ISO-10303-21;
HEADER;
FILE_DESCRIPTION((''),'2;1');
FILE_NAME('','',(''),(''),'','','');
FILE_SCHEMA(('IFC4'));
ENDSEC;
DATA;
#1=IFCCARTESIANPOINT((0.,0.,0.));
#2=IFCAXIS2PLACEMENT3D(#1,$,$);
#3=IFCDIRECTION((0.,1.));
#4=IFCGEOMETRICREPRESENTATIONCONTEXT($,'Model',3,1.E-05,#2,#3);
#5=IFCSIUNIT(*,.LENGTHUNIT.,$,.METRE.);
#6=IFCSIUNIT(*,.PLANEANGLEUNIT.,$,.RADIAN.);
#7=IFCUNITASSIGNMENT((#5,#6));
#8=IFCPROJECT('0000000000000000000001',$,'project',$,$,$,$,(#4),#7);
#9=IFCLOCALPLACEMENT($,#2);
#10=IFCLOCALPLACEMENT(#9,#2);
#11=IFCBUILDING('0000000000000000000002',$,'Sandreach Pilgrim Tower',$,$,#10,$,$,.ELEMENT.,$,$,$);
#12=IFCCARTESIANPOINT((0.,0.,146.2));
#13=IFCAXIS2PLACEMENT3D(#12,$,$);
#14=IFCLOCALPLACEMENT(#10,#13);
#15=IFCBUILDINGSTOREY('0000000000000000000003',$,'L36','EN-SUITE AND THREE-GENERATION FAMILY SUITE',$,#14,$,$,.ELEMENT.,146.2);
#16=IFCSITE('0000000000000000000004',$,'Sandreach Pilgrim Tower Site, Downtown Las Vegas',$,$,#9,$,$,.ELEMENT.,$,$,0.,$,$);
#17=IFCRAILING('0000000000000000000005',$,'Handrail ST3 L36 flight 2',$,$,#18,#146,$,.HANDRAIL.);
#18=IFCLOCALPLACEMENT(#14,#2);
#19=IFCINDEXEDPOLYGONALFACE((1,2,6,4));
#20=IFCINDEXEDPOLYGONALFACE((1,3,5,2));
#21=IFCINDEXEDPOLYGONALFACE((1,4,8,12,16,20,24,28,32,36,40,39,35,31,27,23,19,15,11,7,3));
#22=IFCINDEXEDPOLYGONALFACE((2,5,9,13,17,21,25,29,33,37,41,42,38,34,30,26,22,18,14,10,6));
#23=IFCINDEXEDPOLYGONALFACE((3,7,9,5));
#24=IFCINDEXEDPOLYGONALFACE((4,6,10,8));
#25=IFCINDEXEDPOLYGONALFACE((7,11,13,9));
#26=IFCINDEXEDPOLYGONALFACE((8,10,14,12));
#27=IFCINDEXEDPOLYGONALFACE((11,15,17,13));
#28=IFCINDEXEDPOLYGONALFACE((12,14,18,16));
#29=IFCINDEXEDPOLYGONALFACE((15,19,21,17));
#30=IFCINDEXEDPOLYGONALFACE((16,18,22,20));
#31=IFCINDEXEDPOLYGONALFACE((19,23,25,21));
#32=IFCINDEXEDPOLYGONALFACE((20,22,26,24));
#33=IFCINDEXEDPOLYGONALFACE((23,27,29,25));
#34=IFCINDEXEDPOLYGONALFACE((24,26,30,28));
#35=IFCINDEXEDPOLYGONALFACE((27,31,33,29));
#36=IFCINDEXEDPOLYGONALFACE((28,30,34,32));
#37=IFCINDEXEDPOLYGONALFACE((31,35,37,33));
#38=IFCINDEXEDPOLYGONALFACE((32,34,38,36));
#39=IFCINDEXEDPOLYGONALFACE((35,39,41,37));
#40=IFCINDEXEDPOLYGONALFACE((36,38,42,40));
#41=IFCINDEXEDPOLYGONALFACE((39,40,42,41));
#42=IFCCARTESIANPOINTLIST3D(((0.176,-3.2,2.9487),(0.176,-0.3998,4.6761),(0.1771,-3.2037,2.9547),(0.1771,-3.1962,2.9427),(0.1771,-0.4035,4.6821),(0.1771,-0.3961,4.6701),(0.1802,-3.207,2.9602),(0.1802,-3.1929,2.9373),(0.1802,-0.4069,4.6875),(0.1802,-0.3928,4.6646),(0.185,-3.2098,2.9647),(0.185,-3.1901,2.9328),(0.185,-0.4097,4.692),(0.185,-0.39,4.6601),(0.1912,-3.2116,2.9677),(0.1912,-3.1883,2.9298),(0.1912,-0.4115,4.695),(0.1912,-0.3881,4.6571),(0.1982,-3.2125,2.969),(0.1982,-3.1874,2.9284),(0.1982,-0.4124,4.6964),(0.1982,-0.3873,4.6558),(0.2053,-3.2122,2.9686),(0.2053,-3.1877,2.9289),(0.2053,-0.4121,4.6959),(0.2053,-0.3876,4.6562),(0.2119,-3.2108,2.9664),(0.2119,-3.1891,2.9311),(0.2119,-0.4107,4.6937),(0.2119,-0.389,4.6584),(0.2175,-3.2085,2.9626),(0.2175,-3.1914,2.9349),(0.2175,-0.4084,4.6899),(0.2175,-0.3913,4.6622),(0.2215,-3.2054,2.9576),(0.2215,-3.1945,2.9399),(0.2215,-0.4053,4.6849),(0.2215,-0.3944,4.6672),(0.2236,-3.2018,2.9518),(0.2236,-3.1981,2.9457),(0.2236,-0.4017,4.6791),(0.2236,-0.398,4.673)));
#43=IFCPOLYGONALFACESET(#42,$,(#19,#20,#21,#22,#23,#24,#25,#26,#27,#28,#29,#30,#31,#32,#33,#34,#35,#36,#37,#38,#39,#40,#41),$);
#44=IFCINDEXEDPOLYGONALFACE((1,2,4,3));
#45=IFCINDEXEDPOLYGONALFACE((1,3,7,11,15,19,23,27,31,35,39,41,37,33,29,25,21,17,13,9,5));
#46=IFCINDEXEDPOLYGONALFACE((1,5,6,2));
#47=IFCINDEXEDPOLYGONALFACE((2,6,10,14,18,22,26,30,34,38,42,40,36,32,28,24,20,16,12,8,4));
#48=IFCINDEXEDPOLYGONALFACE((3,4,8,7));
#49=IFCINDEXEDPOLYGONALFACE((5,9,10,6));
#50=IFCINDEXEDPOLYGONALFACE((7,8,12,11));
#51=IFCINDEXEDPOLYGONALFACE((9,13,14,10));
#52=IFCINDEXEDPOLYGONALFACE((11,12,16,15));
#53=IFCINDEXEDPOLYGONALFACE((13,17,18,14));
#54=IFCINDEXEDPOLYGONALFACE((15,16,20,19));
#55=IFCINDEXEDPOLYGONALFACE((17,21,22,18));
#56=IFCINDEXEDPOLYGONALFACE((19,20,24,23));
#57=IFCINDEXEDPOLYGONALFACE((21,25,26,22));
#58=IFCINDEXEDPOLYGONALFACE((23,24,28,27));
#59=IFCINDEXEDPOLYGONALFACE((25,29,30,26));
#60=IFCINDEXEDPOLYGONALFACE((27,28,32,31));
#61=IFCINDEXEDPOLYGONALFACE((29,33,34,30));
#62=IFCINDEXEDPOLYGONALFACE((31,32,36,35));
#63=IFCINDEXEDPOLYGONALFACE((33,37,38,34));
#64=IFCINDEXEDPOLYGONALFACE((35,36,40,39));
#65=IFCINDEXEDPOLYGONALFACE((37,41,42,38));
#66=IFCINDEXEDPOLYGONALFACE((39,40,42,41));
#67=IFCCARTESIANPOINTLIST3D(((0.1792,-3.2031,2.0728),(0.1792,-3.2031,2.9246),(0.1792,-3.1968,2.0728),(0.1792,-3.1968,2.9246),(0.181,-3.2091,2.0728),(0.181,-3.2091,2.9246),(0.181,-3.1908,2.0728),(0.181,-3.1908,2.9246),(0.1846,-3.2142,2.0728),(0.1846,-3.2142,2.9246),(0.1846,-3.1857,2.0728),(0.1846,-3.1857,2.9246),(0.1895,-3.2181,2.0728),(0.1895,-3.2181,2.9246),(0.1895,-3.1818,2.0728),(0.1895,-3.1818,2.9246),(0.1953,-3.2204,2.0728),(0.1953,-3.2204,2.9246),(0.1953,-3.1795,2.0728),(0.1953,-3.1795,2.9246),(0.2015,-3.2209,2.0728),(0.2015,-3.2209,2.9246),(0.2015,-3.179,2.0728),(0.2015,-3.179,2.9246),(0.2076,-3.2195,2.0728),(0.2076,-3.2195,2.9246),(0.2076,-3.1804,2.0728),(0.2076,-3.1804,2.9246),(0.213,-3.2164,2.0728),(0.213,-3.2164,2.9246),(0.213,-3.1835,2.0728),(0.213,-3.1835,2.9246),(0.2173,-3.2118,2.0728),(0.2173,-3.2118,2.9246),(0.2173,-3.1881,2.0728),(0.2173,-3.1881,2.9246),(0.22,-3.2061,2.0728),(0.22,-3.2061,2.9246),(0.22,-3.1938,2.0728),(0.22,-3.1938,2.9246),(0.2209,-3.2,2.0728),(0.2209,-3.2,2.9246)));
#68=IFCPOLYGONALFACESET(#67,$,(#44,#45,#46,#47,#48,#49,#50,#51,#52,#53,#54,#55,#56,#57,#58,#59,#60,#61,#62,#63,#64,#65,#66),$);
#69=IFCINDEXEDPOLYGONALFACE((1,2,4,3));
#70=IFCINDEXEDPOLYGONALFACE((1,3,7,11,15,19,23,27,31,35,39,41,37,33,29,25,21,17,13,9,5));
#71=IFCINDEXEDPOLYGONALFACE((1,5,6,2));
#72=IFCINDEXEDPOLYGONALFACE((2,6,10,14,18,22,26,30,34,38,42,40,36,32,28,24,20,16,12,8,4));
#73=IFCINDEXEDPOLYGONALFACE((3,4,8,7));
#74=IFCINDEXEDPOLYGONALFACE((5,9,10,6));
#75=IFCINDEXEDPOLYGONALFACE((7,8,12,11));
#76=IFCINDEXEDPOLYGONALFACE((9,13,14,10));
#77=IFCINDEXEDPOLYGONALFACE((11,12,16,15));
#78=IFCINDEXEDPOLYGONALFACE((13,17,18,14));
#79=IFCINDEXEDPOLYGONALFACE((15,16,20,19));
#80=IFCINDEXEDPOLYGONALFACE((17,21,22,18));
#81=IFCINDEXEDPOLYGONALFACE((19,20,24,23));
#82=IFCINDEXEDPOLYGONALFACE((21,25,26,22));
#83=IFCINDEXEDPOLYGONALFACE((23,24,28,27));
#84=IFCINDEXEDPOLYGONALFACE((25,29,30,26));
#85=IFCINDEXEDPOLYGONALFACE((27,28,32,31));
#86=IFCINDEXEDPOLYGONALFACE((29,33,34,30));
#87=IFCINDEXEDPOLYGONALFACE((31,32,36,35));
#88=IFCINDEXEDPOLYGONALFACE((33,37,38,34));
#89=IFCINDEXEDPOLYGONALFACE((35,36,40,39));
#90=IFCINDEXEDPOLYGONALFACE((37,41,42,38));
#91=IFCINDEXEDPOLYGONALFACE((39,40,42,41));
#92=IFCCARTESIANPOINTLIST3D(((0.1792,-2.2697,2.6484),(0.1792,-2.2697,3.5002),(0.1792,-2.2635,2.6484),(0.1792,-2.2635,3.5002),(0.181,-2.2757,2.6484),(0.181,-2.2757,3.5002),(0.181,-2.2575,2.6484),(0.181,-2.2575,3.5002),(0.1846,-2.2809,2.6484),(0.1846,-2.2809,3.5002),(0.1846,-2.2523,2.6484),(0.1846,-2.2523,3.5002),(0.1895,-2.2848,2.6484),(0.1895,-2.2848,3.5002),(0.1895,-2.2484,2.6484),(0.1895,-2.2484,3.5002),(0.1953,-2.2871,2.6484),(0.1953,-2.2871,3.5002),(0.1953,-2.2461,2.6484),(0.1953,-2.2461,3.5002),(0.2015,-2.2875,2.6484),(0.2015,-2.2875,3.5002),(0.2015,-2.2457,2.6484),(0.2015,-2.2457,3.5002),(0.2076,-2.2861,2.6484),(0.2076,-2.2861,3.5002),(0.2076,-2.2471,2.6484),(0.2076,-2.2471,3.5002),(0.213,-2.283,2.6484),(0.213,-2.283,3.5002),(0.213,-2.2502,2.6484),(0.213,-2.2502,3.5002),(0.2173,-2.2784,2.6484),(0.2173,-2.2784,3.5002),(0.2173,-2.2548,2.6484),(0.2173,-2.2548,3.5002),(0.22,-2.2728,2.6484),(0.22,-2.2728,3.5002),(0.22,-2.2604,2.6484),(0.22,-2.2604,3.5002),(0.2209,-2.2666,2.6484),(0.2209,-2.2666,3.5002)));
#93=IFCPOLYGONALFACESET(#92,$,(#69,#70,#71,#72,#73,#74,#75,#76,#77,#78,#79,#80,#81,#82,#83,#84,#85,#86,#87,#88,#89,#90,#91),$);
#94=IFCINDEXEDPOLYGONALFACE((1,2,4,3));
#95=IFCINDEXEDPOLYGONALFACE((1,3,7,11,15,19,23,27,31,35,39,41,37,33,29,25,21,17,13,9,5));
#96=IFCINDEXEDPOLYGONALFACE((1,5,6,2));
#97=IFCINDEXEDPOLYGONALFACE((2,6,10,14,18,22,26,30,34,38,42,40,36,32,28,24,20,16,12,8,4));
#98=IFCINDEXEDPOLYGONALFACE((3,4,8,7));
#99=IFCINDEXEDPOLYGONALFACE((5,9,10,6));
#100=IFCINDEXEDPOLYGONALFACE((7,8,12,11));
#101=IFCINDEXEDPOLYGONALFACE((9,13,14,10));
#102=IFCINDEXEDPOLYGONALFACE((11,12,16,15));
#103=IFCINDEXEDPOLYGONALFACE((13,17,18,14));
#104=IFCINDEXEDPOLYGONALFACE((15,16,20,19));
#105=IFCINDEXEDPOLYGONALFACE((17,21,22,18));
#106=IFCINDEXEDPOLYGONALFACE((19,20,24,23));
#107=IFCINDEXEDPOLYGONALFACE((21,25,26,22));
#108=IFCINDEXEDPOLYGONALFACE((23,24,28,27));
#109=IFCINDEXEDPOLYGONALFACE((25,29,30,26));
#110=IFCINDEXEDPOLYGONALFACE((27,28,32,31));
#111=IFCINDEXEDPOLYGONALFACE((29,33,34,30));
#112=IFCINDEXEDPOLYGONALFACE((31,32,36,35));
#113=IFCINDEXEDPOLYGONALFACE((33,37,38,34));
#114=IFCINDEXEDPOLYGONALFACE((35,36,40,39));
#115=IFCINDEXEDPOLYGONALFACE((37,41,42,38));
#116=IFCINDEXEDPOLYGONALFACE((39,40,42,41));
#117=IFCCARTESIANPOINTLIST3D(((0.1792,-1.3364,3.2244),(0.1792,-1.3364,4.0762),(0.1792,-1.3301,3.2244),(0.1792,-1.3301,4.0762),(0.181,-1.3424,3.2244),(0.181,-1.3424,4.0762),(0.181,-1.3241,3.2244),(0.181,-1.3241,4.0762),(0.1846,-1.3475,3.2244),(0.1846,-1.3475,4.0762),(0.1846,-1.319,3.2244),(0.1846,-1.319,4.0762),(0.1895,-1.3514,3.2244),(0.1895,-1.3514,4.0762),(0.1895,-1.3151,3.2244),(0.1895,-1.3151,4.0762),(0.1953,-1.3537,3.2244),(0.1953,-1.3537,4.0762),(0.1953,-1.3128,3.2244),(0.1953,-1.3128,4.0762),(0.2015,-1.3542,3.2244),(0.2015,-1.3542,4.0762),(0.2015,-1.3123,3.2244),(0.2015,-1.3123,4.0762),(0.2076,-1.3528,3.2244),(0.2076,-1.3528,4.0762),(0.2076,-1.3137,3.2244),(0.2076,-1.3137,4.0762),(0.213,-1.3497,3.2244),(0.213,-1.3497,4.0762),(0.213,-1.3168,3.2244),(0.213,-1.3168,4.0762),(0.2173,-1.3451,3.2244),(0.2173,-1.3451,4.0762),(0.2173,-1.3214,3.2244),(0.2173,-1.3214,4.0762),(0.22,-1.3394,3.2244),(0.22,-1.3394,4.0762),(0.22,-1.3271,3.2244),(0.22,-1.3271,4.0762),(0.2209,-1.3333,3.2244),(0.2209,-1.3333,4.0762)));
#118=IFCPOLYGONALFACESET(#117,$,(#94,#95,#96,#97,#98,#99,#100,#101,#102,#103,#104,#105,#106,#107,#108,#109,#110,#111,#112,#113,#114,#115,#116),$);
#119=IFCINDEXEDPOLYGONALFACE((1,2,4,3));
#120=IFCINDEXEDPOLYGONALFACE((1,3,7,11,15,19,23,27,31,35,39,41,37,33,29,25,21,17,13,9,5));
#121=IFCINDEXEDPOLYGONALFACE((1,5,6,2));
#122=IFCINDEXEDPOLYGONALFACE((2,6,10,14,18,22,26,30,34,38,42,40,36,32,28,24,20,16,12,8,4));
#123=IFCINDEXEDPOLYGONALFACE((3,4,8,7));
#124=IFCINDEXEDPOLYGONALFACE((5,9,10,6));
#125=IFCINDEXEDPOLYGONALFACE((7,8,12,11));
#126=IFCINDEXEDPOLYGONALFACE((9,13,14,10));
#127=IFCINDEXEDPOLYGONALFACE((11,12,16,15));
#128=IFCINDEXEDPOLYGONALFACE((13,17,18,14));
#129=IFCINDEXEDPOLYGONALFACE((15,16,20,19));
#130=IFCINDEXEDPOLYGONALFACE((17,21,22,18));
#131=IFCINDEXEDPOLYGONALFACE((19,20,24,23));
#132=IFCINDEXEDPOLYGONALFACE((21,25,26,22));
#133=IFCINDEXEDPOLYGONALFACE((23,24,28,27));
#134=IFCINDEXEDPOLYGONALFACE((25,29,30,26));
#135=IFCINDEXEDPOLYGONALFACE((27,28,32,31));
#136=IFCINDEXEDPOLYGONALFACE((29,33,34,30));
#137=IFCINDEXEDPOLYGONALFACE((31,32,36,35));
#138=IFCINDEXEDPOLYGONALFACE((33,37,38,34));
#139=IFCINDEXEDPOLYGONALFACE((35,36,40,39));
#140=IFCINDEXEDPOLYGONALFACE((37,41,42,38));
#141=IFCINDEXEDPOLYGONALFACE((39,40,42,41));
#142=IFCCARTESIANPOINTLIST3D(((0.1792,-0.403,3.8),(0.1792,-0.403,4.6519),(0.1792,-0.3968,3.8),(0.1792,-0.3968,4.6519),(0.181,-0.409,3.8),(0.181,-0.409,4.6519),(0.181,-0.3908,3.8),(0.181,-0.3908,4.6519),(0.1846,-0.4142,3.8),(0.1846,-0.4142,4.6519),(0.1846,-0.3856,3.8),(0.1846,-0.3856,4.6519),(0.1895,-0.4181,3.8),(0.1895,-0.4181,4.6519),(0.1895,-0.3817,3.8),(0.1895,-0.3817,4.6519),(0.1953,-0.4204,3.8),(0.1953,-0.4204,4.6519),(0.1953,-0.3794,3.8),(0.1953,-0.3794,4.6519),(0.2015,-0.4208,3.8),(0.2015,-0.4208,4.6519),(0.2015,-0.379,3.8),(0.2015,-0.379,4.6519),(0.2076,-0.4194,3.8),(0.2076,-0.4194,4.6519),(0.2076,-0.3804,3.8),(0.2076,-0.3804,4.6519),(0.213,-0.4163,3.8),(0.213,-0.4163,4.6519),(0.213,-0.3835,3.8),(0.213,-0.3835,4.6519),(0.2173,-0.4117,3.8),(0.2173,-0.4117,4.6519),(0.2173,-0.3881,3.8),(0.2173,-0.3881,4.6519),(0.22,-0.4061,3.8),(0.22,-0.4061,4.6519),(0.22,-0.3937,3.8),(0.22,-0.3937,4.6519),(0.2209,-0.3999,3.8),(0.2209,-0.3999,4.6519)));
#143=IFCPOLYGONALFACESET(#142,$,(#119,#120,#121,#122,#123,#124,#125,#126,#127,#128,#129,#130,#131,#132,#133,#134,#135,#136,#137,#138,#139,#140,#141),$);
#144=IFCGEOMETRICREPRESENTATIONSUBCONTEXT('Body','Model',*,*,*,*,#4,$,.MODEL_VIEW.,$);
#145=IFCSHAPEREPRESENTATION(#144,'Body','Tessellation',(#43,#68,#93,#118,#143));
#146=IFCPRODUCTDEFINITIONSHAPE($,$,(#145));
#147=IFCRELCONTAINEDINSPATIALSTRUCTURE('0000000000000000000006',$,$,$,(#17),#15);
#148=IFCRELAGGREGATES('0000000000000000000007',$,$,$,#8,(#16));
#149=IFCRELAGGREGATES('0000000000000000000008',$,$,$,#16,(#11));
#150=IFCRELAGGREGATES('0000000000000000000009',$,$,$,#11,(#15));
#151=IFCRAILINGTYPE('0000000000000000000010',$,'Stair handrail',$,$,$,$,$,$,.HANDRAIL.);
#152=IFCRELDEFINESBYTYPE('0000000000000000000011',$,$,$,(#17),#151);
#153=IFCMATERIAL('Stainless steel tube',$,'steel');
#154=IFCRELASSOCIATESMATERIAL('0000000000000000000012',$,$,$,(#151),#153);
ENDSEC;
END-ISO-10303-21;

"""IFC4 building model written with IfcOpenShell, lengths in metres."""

from ifc_helpers import new_model, si_unit, direction, frame, origin, origin_2d, place, context, subcontext, project, spatial, circle, extrude, material, type_object, element, save


model = new_model("IFC4")

# Units and contexts
model_context = context("Model", 3, precision=1e-05, world=origin(), true_north=direction((0.0, 1.0)))
body_context = subcontext(model_context, "Body", "Model", "MODEL_VIEW")
ifc_project = project(units=[si_unit("LENGTHUNIT", "METRE"), si_unit("PLANEANGLEUNIT", "RADIAN")], contexts=[model_context])

# Site, building, storey
site_placement = place(None, origin())
site = spatial("IfcSite", under=ifc_project, at=site_placement, Name="Sandreach Pilgrim Tower Site, Downtown Las Vegas", CompositionType="ELEMENT", RefElevation=0.0)
building_placement = place(site_placement, origin())
building = spatial("IfcBuilding", under=site, at=building_placement, Name="Sandreach Pilgrim Tower", CompositionType="ELEMENT")
storey_placement = place(building_placement, frame((0.0, 0.0, 146.2)))
storey = spatial("IfcBuildingStorey", under=building, at=storey_placement, Name="L36", Description="EN-SUITE AND THREE-GENERATION FAMILY SUITE", CompositionType="ELEMENT", Elevation=146.2)

# Railing
ifc_material_1 = material(Name="Stainless steel tube", Category="steel")
railing_type = type_object("IfcRailingType", Name="Stair handrail", PredefinedType="HANDRAIL", material=ifc_material_1)
for number, where, name in (
    (1, (0.2, -3.2, 2.0728), "Handrail ST3 L36 flight 2"),
):
    element("IfcRailing", number, at=place(storey_placement, frame(where)), inside=storey, type_object=railing_type, Name=name, PredefinedType="HANDRAIL", context=body_context, shape_type="SweptSolid", body=[
        extrude(circle(Radius=0.0239, at=origin_2d()), frame((0.0, 0.0, 0.876), z_axis=(0.0, 0.85109, 0.52502), x_axis=(-1.0, 0.0, 0.0)), (0.0, 0.0, 1.0), 3.29),
        extrude(circle(Radius=0.021, at=origin_2d()), origin(), (0.0, 0.0, 1.0), 0.8518),
        extrude(circle(Radius=0.021, at=origin_2d()), frame((0.0, 0.9333, 0.5757)), (0.0, 0.0, 1.0), 0.8518),
        extrude(circle(Radius=0.021, at=origin_2d()), frame((0.0, 1.8667, 1.1516)), (0.0, 0.0, 1.0), 0.8518),
        extrude(circle(Radius=0.021, at=origin_2d()), frame((0.0, 2.8, 1.7273)), (0.0, 0.0, 1.0), 0.8518),
    ])

save(model, "model.ifc")
